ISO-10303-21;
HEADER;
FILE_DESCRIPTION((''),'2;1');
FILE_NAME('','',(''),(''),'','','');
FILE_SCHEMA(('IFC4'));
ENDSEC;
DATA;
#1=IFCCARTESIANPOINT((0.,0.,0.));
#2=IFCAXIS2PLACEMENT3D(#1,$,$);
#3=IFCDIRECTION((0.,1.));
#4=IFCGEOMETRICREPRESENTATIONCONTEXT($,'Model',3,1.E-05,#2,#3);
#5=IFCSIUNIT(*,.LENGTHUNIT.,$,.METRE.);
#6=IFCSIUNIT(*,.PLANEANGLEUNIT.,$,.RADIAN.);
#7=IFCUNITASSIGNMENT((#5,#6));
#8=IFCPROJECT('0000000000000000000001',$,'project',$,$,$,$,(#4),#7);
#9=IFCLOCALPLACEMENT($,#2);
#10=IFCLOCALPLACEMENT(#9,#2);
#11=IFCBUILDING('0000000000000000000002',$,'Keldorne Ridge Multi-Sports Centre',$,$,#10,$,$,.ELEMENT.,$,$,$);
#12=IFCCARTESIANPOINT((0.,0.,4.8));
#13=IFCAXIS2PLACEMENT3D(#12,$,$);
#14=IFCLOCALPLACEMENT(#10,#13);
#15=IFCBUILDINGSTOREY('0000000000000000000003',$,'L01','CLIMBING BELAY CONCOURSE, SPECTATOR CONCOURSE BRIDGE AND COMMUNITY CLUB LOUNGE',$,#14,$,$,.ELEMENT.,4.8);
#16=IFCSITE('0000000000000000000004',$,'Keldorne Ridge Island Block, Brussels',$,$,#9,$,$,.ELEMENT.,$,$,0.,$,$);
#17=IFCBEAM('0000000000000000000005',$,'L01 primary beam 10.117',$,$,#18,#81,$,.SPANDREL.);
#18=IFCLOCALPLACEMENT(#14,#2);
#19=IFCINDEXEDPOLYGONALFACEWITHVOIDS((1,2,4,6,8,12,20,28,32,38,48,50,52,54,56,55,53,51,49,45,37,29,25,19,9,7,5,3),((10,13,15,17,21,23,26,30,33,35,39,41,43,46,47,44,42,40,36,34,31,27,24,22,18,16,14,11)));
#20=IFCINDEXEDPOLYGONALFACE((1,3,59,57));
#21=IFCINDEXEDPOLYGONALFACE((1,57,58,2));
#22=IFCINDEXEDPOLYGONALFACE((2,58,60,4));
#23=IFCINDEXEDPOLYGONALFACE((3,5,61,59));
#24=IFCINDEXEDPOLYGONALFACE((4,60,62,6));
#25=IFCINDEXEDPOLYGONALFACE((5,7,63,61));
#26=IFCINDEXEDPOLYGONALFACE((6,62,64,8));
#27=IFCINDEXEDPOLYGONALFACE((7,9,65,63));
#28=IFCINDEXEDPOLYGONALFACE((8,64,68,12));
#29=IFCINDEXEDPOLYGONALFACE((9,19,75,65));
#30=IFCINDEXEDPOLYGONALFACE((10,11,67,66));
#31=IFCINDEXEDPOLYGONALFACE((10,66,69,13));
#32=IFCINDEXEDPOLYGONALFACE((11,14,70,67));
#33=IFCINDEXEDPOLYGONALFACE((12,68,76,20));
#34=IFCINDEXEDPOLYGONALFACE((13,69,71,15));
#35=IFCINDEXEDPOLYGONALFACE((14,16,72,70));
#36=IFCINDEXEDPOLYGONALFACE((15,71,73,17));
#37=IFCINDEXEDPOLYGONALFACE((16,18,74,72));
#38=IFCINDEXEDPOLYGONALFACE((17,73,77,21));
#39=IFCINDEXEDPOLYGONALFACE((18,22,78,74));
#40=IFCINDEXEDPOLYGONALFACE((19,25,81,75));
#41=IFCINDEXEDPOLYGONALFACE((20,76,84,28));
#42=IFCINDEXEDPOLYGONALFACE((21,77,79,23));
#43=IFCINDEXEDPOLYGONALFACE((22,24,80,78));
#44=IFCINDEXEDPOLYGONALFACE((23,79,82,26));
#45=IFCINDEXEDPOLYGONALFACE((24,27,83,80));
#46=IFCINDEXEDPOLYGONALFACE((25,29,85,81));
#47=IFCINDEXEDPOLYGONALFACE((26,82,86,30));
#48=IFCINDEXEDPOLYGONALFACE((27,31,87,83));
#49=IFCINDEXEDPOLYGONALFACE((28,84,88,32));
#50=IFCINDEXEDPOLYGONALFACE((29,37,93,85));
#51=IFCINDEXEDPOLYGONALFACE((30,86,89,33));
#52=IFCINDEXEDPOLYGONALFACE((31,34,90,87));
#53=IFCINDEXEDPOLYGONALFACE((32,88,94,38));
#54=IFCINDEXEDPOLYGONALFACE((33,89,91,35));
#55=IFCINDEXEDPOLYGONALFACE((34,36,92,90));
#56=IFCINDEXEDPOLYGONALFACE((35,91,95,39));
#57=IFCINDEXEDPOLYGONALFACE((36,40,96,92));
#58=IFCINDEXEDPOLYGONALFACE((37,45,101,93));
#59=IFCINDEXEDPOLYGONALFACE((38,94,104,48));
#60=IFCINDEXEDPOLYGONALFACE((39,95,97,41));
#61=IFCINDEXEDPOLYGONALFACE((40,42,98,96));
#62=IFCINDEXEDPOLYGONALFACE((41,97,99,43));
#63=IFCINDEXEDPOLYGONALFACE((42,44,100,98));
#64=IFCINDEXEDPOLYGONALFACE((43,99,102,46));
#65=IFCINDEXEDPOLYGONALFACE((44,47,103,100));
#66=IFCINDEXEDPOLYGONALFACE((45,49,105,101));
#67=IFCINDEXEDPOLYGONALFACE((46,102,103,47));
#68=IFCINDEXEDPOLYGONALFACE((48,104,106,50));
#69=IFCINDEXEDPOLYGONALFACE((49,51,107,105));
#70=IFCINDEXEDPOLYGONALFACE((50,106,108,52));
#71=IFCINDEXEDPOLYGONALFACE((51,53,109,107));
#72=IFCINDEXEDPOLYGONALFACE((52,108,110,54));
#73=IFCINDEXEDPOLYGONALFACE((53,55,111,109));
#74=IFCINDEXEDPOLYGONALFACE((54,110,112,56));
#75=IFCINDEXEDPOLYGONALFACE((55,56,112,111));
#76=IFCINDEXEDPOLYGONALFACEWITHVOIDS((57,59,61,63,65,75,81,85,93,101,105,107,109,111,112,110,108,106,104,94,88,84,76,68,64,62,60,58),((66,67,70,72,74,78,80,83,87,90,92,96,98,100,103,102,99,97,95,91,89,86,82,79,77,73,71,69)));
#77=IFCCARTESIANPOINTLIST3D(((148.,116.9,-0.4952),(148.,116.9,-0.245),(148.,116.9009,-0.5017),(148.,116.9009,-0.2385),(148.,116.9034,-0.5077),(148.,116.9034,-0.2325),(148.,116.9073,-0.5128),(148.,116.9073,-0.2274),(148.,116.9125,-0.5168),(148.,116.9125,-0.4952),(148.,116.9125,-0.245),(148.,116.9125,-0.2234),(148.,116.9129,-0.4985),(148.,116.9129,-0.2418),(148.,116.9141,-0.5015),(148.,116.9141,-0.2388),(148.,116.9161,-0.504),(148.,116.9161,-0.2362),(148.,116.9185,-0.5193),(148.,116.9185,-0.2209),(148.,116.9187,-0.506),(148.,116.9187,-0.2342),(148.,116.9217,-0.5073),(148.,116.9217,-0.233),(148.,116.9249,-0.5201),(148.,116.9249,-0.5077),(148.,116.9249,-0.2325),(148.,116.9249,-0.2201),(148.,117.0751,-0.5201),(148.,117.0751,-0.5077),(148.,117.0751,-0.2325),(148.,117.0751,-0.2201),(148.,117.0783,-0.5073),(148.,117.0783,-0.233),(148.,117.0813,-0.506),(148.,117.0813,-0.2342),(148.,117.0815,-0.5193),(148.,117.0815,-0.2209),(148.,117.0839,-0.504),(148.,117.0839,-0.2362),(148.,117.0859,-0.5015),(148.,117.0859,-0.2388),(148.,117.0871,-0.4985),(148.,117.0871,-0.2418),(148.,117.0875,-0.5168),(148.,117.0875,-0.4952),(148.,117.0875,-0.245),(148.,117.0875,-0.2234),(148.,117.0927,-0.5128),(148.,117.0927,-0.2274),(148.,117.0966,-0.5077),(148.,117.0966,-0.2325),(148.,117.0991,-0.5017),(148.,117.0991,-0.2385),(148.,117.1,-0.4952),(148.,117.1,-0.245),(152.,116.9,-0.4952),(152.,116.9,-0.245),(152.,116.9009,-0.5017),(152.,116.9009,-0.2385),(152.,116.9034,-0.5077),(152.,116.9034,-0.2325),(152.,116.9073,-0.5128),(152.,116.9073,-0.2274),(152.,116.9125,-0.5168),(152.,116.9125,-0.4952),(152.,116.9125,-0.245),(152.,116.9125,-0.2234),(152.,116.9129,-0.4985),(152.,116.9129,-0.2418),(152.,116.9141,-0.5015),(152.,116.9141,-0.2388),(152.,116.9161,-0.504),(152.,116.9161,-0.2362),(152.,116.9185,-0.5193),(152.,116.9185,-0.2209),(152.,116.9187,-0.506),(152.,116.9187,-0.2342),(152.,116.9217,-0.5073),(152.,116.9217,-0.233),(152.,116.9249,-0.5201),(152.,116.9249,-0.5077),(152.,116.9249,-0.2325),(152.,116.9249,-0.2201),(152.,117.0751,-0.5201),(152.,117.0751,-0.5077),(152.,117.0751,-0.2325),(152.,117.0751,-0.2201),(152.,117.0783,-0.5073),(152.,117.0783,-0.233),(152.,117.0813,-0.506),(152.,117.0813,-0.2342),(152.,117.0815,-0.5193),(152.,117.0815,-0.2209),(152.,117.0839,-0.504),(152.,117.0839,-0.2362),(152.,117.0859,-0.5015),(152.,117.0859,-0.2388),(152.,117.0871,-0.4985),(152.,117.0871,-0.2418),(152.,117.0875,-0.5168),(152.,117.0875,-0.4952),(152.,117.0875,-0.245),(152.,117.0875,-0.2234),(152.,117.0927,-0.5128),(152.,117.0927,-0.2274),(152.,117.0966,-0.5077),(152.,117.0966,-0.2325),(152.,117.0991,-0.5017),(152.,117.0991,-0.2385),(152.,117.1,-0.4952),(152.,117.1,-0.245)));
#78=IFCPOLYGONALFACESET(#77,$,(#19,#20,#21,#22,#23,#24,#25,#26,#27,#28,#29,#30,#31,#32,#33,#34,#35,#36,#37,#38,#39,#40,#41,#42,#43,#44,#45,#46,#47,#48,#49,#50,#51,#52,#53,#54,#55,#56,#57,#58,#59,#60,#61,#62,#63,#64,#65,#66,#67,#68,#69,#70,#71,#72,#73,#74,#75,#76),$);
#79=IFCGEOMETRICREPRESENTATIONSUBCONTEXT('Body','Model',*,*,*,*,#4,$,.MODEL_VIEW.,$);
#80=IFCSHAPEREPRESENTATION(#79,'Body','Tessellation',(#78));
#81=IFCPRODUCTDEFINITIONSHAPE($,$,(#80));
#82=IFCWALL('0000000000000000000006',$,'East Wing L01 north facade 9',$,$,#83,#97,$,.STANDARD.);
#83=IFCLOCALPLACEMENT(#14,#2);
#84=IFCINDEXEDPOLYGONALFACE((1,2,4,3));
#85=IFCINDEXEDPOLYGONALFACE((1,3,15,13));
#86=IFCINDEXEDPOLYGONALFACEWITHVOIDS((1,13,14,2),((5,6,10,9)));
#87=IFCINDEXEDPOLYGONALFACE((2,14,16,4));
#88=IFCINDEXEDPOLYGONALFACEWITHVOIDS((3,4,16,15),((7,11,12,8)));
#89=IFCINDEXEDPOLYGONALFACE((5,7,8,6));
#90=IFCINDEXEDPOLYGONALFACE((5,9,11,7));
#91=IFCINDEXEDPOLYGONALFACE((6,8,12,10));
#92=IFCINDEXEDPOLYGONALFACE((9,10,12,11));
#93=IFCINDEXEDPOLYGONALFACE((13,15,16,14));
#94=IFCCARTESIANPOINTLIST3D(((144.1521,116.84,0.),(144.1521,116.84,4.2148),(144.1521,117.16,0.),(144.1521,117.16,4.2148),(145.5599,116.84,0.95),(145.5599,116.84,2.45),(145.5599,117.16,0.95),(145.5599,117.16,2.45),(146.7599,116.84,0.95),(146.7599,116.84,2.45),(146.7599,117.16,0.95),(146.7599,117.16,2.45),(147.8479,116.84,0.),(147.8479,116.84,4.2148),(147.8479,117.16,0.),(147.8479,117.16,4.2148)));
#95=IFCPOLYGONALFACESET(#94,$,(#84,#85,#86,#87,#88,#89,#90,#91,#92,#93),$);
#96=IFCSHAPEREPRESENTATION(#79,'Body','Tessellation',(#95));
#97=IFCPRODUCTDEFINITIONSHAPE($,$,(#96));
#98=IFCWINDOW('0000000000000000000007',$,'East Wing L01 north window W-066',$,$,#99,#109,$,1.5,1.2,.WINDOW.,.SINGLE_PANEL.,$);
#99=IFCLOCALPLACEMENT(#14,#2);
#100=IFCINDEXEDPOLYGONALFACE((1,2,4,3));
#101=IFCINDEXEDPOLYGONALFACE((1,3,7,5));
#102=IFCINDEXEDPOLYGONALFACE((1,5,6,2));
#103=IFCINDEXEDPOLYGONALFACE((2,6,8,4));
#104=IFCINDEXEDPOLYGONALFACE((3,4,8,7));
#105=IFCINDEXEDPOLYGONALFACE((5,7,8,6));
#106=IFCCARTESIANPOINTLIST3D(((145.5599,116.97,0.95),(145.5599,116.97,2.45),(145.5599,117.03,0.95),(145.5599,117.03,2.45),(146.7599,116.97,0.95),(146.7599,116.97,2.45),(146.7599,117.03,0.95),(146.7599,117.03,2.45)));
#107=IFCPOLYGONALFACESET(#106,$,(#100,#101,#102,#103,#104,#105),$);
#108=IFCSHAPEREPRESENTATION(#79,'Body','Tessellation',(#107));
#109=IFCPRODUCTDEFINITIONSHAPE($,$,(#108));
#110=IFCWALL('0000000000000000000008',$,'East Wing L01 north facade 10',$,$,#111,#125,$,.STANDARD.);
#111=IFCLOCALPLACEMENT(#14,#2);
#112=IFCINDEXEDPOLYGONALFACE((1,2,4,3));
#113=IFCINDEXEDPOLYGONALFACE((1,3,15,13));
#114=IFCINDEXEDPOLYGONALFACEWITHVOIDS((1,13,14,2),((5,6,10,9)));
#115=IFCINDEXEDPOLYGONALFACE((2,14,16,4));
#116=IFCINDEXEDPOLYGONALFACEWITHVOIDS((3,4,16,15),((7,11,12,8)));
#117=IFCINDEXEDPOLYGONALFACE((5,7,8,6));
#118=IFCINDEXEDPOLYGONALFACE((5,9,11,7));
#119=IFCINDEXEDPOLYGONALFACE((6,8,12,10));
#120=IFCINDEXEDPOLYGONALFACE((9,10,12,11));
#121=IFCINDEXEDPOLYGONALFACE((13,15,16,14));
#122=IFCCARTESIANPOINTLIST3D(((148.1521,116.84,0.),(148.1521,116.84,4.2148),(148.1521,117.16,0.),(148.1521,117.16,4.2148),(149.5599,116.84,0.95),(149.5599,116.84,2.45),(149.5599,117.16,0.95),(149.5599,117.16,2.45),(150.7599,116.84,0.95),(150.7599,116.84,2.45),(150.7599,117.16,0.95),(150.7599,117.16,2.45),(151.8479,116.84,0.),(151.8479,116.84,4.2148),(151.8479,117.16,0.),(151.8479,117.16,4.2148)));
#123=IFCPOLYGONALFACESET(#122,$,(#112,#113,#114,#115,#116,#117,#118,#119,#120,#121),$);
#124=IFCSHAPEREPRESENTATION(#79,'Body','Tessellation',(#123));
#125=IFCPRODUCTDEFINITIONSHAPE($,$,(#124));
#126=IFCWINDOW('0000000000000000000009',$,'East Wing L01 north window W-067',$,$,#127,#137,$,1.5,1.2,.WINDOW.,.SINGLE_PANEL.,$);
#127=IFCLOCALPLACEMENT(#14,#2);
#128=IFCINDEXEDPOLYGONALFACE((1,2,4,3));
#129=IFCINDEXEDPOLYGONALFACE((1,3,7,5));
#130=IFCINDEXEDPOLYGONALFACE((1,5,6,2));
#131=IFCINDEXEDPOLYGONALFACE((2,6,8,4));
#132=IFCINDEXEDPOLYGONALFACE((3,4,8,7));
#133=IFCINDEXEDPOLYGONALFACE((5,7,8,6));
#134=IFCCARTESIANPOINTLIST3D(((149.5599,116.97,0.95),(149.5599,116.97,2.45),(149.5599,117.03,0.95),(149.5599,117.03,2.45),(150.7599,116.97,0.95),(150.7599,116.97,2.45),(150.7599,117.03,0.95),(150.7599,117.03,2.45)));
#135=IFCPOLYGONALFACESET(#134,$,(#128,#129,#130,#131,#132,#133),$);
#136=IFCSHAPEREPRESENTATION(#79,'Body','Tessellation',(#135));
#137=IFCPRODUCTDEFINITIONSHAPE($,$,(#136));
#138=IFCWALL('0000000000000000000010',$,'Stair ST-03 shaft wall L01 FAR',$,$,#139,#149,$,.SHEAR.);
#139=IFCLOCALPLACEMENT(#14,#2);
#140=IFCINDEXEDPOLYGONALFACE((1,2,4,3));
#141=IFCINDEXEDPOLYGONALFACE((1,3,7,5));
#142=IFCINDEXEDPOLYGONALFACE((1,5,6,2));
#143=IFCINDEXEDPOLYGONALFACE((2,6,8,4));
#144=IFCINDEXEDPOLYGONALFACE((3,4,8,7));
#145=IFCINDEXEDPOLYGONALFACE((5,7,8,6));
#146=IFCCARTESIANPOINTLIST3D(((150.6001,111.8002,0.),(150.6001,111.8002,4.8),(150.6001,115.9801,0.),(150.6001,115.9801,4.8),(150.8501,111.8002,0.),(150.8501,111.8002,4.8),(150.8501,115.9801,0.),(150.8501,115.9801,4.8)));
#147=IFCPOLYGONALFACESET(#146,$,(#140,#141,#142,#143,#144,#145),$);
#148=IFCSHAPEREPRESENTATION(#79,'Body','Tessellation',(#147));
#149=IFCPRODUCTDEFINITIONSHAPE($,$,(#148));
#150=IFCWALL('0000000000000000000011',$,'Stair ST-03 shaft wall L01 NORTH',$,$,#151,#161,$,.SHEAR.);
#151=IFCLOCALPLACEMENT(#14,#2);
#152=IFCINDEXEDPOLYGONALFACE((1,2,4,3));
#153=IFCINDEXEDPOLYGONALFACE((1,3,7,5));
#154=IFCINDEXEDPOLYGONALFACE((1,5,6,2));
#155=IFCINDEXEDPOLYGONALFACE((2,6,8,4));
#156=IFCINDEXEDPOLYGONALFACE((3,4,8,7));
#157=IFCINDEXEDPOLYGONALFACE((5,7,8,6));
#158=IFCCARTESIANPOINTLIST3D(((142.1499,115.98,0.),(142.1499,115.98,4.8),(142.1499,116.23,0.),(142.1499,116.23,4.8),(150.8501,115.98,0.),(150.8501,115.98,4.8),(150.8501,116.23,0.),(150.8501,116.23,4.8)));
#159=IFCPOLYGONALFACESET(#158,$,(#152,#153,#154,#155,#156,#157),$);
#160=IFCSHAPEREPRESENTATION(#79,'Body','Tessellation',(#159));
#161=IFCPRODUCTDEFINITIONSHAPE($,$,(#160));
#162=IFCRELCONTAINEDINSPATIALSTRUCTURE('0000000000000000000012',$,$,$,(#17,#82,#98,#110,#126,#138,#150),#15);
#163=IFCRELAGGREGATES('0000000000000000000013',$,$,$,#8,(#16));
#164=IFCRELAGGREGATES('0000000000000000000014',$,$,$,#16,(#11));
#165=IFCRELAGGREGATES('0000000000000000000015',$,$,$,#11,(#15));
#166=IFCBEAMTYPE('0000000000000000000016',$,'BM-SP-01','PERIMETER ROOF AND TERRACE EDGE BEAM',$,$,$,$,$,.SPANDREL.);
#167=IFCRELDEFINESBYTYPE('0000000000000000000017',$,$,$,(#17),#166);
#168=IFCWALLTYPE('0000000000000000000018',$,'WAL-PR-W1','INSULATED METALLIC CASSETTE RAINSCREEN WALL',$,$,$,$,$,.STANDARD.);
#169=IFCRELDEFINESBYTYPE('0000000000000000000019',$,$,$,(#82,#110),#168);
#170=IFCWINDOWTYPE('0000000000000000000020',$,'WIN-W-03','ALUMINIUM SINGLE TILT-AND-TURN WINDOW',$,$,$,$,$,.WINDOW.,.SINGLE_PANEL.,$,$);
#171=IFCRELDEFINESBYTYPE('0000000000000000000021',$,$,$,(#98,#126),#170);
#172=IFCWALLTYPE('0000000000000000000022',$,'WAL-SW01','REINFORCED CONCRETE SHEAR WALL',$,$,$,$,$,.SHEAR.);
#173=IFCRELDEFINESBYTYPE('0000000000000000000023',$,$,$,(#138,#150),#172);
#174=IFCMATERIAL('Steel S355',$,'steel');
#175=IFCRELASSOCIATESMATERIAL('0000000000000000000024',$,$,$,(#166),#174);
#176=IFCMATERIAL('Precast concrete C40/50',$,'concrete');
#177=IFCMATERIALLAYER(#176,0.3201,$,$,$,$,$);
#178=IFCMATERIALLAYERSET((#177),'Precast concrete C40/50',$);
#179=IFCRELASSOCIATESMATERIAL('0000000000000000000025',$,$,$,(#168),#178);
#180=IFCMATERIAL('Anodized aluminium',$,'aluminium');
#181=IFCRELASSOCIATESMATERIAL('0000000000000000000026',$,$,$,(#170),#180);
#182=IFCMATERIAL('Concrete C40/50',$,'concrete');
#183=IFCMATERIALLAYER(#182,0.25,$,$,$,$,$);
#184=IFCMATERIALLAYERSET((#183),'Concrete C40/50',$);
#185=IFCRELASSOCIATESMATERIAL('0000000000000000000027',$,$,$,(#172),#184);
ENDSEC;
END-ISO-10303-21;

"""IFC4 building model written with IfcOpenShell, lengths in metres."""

from ifc_helpers import new_model, si_unit, direction, frame, frame_2d, origin, origin_2d, place, context, subcontext, project, spatial, rectangle, hollow_rectangle, extrude, material, layer, layer_set, material_profile, profile_set, type_object, element, fill, save


model = new_model("IFC4")

# Units and contexts
model_context = context("Model", 3, precision=1e-05, world=origin(), true_north=direction((0.0, 1.0)))
body_context = subcontext(model_context, "Body", "Model", "MODEL_VIEW")
ifc_project = project(units=[si_unit("LENGTHUNIT", "METRE"), si_unit("PLANEANGLEUNIT", "RADIAN")], contexts=[model_context])

# Site, building, storey
site_placement = place(None, origin())
site = spatial("IfcSite", under=ifc_project, at=site_placement, Name="Keldorne Ridge Island Block, Brussels", CompositionType="ELEMENT", RefElevation=0.0)
building_placement = place(site_placement, origin())
building = spatial("IfcBuilding", under=site, at=building_placement, Name="Keldorne Ridge Multi-Sports Centre", CompositionType="ELEMENT")
storey_placement = place(building_placement, frame((0.0, 0.0, 4.8)))
storey = spatial("IfcBuildingStorey", under=building, at=storey_placement, Name="L01", Description="CLIMBING BELAY CONCOURSE, SPECTATOR CONCOURSE BRIDGE AND COMMUNITY CLUB LOUNGE", CompositionType="ELEMENT", Elevation=4.8)

# Shared definitions
ifc_material_1 = material(Name="Steel S355", Category="steel")

# Beam
ifc_material_profile_1 = material_profile(ifc_material_1, hollow_rectangle(XDim=0.2, YDim=0.3, WallThickness=0.0125, InnerFilletRadius=0.0125, OuterFilletRadius=0.0249, at=origin_2d()), Name="RHS 300x200x12.5")
ifc_profile_set_1 = profile_set([ifc_material_profile_1], Name="Steel S355")
beam_type_1 = type_object("IfcBeamType", Name="BM-SP-01", Description="PERIMETER ROOF AND TERRACE EDGE BEAM", PredefinedType="SPANDREL", material=ifc_profile_set_1)
beam_1_placement = place(storey_placement, frame((148.0, 117.0, -0.3701), z_axis=(1.0, 0.0, 0.0), x_axis=(0.0, 1.0, 0.0)))
element("IfcBeam", 1, at=beam_1_placement, inside=storey, type_object=beam_type_1, Name="L01 primary beam 10.117", PredefinedType="SPANDREL", context=body_context, shape_type="SweptSolid", body=[
    extrude(hollow_rectangle(XDim=0.2, YDim=0.3, WallThickness=0.0125, InnerFilletRadius=0.0125, OuterFilletRadius=0.0249, at=origin_2d()), origin(), (0.0, 0.0, 1.0), 4.0),
])

# Walls, openings, windows
ifc_material_2 = material(Name="Precast concrete C40/50", Category="concrete")
ifc_layer_1 = layer(ifc_material_2, 0.3201)
ifc_layer_set_1 = layer_set([ifc_layer_1], Name="Precast concrete C40/50")
wall_type_1 = type_object("IfcWallType", Name="WAL-PR-W1", Description="INSULATED METALLIC CASSETTE RAINSCREEN WALL", PredefinedType="STANDARD", material=ifc_layer_set_1)
wall_1_placement = place(storey_placement, frame((147.8479, 117.0, 0.0), z_axis=(0.0, 0.0, 1.0), x_axis=(-1.0, 0.0, 0.0)))
wall_1 = element("IfcWall", 2, at=wall_1_placement, inside=storey, type_object=wall_type_1, Name="East Wing L01 north facade 9", PredefinedType="STANDARD", context=body_context, shape_type="SweptSolid", body=[
    extrude(rectangle(XDim=3.6958, YDim=0.3201, at=frame_2d((1.8479, 0.0))), origin(), (0.0, 0.0, 1.0), 4.2148),
])
opening_1_placement = place(wall_1_placement, frame((1.0879, 0.0, 0.95)))
opening_1 = element("IfcOpeningElement", 3, at=opening_1_placement, cuts=wall_1, PredefinedType="OPENING", context=body_context, shape_type="SweptSolid", body=[
    extrude(rectangle(XDim=1.2, YDim=1.5, at=frame_2d((0.6001, 0.75))), frame((0.0, 0.1699, 0.0), z_axis=(0.0, -1.0, 0.0), x_axis=(1.0, 0.0, 0.0)), (0.0, 0.0, 1.0), 0.3401),
])
ifc_material_3 = material(Name="Anodized aluminium", Category="aluminium")
window_type = type_object("IfcWindowType", Name="WIN-W-03", Description="ALUMINIUM SINGLE TILT-AND-TURN WINDOW", PartitioningType="SINGLE_PANEL", PredefinedType="WINDOW", material=ifc_material_3)
window_1_placement = place(opening_1_placement, origin())
window_1 = element("IfcWindow", 4, at=window_1_placement, inside=storey, type_object=window_type, Name="East Wing L01 north window W-066", OverallHeight=1.5, OverallWidth=1.2, PartitioningType="SINGLE_PANEL", PredefinedType="WINDOW", context=body_context, shape_type="SweptSolid", body=[
    extrude(rectangle(XDim=1.2, YDim=1.5, at=frame_2d((0.6001, 0.75))), frame((0.0, 0.03, 0.0), z_axis=(0.0, -1.0, 0.0), x_axis=(1.0, 0.0, 0.0)), (0.0, 0.0, 1.0), 0.0601),
])
fill(opening_1, window_1)
wall_2_placement = place(storey_placement, frame((151.8479, 117.0, 0.0), z_axis=(0.0, 0.0, 1.0), x_axis=(-1.0, 0.0, 0.0)))
wall_2 = element("IfcWall", 5, at=wall_2_placement, inside=storey, type_object=wall_type_1, Name="East Wing L01 north facade 10", PredefinedType="STANDARD", context=body_context, shape_type="SweptSolid", body=[
    extrude(rectangle(XDim=3.6958, YDim=0.3201, at=frame_2d((1.8479, 0.0))), origin(), (0.0, 0.0, 1.0), 4.2148),
])
opening_2_placement = place(wall_2_placement, frame((1.0879, 0.0, 0.95)))
opening_2 = element("IfcOpeningElement", 6, at=opening_2_placement, cuts=wall_2, PredefinedType="OPENING", context=body_context, shape_type="SweptSolid", body=[
    extrude(rectangle(XDim=1.2, YDim=1.5, at=frame_2d((0.6001, 0.75))), frame((0.0, 0.1699, 0.0), z_axis=(0.0, -1.0, 0.0), x_axis=(1.0, 0.0, 0.0)), (0.0, 0.0, 1.0), 0.3401),
])
window_2_placement = place(opening_2_placement, origin())
window_2 = element("IfcWindow", 7, at=window_2_placement, inside=storey, type_object=window_type, Name="East Wing L01 north window W-067", OverallHeight=1.5, OverallWidth=1.2, PartitioningType="SINGLE_PANEL", PredefinedType="WINDOW", context=body_context, shape_type="SweptSolid", body=[
    extrude(rectangle(XDim=1.2, YDim=1.5, at=frame_2d((0.6001, 0.75))), frame((0.0, 0.03, 0.0), z_axis=(0.0, -1.0, 0.0), x_axis=(1.0, 0.0, 0.0)), (0.0, 0.0, 1.0), 0.0601),
])
fill(opening_2, window_2)

# Walls
ifc_material_4 = material(Name="Concrete C40/50", Category="concrete")
ifc_layer_2 = layer(ifc_material_4, 0.25)
ifc_layer_set_2 = layer_set([ifc_layer_2], Name="Concrete C40/50")
wall_type_2 = type_object("IfcWallType", Name="WAL-SW01", Description="REINFORCED CONCRETE SHEAR WALL", PredefinedType="SHEAR", material=ifc_layer_set_2)
wall_3_placement = place(storey_placement, frame((150.7251, 115.98, 0.0), z_axis=(0.0, 0.0, 1.0), x_axis=(0.0, -1.0, 0.0)))
element("IfcWall", 8, at=wall_3_placement, inside=storey, type_object=wall_type_2, Name="Stair ST-03 shaft wall L01 FAR", PredefinedType="SHEAR", context=body_context, shape_type="SweptSolid", body=[
    extrude(rectangle(XDim=4.1799, YDim=0.25, at=frame_2d((2.0898, 0.0))), origin(), (0.0, 0.0, 1.0), 4.8),
])
wall_4_placement = place(storey_placement, frame((150.8501, 116.105, 0.0), z_axis=(0.0, 0.0, 1.0), x_axis=(-1.0, 0.0, 0.0)))
element("IfcWall", 9, at=wall_4_placement, inside=storey, type_object=wall_type_2, Name="Stair ST-03 shaft wall L01 NORTH", PredefinedType="SHEAR", context=body_context, shape_type="SweptSolid", body=[
    extrude(rectangle(XDim=8.7002, YDim=0.25, at=frame_2d((4.3501, 0.0))), origin(), (0.0, 0.0, 1.0), 4.8),
])

save(model, "model.ifc")
